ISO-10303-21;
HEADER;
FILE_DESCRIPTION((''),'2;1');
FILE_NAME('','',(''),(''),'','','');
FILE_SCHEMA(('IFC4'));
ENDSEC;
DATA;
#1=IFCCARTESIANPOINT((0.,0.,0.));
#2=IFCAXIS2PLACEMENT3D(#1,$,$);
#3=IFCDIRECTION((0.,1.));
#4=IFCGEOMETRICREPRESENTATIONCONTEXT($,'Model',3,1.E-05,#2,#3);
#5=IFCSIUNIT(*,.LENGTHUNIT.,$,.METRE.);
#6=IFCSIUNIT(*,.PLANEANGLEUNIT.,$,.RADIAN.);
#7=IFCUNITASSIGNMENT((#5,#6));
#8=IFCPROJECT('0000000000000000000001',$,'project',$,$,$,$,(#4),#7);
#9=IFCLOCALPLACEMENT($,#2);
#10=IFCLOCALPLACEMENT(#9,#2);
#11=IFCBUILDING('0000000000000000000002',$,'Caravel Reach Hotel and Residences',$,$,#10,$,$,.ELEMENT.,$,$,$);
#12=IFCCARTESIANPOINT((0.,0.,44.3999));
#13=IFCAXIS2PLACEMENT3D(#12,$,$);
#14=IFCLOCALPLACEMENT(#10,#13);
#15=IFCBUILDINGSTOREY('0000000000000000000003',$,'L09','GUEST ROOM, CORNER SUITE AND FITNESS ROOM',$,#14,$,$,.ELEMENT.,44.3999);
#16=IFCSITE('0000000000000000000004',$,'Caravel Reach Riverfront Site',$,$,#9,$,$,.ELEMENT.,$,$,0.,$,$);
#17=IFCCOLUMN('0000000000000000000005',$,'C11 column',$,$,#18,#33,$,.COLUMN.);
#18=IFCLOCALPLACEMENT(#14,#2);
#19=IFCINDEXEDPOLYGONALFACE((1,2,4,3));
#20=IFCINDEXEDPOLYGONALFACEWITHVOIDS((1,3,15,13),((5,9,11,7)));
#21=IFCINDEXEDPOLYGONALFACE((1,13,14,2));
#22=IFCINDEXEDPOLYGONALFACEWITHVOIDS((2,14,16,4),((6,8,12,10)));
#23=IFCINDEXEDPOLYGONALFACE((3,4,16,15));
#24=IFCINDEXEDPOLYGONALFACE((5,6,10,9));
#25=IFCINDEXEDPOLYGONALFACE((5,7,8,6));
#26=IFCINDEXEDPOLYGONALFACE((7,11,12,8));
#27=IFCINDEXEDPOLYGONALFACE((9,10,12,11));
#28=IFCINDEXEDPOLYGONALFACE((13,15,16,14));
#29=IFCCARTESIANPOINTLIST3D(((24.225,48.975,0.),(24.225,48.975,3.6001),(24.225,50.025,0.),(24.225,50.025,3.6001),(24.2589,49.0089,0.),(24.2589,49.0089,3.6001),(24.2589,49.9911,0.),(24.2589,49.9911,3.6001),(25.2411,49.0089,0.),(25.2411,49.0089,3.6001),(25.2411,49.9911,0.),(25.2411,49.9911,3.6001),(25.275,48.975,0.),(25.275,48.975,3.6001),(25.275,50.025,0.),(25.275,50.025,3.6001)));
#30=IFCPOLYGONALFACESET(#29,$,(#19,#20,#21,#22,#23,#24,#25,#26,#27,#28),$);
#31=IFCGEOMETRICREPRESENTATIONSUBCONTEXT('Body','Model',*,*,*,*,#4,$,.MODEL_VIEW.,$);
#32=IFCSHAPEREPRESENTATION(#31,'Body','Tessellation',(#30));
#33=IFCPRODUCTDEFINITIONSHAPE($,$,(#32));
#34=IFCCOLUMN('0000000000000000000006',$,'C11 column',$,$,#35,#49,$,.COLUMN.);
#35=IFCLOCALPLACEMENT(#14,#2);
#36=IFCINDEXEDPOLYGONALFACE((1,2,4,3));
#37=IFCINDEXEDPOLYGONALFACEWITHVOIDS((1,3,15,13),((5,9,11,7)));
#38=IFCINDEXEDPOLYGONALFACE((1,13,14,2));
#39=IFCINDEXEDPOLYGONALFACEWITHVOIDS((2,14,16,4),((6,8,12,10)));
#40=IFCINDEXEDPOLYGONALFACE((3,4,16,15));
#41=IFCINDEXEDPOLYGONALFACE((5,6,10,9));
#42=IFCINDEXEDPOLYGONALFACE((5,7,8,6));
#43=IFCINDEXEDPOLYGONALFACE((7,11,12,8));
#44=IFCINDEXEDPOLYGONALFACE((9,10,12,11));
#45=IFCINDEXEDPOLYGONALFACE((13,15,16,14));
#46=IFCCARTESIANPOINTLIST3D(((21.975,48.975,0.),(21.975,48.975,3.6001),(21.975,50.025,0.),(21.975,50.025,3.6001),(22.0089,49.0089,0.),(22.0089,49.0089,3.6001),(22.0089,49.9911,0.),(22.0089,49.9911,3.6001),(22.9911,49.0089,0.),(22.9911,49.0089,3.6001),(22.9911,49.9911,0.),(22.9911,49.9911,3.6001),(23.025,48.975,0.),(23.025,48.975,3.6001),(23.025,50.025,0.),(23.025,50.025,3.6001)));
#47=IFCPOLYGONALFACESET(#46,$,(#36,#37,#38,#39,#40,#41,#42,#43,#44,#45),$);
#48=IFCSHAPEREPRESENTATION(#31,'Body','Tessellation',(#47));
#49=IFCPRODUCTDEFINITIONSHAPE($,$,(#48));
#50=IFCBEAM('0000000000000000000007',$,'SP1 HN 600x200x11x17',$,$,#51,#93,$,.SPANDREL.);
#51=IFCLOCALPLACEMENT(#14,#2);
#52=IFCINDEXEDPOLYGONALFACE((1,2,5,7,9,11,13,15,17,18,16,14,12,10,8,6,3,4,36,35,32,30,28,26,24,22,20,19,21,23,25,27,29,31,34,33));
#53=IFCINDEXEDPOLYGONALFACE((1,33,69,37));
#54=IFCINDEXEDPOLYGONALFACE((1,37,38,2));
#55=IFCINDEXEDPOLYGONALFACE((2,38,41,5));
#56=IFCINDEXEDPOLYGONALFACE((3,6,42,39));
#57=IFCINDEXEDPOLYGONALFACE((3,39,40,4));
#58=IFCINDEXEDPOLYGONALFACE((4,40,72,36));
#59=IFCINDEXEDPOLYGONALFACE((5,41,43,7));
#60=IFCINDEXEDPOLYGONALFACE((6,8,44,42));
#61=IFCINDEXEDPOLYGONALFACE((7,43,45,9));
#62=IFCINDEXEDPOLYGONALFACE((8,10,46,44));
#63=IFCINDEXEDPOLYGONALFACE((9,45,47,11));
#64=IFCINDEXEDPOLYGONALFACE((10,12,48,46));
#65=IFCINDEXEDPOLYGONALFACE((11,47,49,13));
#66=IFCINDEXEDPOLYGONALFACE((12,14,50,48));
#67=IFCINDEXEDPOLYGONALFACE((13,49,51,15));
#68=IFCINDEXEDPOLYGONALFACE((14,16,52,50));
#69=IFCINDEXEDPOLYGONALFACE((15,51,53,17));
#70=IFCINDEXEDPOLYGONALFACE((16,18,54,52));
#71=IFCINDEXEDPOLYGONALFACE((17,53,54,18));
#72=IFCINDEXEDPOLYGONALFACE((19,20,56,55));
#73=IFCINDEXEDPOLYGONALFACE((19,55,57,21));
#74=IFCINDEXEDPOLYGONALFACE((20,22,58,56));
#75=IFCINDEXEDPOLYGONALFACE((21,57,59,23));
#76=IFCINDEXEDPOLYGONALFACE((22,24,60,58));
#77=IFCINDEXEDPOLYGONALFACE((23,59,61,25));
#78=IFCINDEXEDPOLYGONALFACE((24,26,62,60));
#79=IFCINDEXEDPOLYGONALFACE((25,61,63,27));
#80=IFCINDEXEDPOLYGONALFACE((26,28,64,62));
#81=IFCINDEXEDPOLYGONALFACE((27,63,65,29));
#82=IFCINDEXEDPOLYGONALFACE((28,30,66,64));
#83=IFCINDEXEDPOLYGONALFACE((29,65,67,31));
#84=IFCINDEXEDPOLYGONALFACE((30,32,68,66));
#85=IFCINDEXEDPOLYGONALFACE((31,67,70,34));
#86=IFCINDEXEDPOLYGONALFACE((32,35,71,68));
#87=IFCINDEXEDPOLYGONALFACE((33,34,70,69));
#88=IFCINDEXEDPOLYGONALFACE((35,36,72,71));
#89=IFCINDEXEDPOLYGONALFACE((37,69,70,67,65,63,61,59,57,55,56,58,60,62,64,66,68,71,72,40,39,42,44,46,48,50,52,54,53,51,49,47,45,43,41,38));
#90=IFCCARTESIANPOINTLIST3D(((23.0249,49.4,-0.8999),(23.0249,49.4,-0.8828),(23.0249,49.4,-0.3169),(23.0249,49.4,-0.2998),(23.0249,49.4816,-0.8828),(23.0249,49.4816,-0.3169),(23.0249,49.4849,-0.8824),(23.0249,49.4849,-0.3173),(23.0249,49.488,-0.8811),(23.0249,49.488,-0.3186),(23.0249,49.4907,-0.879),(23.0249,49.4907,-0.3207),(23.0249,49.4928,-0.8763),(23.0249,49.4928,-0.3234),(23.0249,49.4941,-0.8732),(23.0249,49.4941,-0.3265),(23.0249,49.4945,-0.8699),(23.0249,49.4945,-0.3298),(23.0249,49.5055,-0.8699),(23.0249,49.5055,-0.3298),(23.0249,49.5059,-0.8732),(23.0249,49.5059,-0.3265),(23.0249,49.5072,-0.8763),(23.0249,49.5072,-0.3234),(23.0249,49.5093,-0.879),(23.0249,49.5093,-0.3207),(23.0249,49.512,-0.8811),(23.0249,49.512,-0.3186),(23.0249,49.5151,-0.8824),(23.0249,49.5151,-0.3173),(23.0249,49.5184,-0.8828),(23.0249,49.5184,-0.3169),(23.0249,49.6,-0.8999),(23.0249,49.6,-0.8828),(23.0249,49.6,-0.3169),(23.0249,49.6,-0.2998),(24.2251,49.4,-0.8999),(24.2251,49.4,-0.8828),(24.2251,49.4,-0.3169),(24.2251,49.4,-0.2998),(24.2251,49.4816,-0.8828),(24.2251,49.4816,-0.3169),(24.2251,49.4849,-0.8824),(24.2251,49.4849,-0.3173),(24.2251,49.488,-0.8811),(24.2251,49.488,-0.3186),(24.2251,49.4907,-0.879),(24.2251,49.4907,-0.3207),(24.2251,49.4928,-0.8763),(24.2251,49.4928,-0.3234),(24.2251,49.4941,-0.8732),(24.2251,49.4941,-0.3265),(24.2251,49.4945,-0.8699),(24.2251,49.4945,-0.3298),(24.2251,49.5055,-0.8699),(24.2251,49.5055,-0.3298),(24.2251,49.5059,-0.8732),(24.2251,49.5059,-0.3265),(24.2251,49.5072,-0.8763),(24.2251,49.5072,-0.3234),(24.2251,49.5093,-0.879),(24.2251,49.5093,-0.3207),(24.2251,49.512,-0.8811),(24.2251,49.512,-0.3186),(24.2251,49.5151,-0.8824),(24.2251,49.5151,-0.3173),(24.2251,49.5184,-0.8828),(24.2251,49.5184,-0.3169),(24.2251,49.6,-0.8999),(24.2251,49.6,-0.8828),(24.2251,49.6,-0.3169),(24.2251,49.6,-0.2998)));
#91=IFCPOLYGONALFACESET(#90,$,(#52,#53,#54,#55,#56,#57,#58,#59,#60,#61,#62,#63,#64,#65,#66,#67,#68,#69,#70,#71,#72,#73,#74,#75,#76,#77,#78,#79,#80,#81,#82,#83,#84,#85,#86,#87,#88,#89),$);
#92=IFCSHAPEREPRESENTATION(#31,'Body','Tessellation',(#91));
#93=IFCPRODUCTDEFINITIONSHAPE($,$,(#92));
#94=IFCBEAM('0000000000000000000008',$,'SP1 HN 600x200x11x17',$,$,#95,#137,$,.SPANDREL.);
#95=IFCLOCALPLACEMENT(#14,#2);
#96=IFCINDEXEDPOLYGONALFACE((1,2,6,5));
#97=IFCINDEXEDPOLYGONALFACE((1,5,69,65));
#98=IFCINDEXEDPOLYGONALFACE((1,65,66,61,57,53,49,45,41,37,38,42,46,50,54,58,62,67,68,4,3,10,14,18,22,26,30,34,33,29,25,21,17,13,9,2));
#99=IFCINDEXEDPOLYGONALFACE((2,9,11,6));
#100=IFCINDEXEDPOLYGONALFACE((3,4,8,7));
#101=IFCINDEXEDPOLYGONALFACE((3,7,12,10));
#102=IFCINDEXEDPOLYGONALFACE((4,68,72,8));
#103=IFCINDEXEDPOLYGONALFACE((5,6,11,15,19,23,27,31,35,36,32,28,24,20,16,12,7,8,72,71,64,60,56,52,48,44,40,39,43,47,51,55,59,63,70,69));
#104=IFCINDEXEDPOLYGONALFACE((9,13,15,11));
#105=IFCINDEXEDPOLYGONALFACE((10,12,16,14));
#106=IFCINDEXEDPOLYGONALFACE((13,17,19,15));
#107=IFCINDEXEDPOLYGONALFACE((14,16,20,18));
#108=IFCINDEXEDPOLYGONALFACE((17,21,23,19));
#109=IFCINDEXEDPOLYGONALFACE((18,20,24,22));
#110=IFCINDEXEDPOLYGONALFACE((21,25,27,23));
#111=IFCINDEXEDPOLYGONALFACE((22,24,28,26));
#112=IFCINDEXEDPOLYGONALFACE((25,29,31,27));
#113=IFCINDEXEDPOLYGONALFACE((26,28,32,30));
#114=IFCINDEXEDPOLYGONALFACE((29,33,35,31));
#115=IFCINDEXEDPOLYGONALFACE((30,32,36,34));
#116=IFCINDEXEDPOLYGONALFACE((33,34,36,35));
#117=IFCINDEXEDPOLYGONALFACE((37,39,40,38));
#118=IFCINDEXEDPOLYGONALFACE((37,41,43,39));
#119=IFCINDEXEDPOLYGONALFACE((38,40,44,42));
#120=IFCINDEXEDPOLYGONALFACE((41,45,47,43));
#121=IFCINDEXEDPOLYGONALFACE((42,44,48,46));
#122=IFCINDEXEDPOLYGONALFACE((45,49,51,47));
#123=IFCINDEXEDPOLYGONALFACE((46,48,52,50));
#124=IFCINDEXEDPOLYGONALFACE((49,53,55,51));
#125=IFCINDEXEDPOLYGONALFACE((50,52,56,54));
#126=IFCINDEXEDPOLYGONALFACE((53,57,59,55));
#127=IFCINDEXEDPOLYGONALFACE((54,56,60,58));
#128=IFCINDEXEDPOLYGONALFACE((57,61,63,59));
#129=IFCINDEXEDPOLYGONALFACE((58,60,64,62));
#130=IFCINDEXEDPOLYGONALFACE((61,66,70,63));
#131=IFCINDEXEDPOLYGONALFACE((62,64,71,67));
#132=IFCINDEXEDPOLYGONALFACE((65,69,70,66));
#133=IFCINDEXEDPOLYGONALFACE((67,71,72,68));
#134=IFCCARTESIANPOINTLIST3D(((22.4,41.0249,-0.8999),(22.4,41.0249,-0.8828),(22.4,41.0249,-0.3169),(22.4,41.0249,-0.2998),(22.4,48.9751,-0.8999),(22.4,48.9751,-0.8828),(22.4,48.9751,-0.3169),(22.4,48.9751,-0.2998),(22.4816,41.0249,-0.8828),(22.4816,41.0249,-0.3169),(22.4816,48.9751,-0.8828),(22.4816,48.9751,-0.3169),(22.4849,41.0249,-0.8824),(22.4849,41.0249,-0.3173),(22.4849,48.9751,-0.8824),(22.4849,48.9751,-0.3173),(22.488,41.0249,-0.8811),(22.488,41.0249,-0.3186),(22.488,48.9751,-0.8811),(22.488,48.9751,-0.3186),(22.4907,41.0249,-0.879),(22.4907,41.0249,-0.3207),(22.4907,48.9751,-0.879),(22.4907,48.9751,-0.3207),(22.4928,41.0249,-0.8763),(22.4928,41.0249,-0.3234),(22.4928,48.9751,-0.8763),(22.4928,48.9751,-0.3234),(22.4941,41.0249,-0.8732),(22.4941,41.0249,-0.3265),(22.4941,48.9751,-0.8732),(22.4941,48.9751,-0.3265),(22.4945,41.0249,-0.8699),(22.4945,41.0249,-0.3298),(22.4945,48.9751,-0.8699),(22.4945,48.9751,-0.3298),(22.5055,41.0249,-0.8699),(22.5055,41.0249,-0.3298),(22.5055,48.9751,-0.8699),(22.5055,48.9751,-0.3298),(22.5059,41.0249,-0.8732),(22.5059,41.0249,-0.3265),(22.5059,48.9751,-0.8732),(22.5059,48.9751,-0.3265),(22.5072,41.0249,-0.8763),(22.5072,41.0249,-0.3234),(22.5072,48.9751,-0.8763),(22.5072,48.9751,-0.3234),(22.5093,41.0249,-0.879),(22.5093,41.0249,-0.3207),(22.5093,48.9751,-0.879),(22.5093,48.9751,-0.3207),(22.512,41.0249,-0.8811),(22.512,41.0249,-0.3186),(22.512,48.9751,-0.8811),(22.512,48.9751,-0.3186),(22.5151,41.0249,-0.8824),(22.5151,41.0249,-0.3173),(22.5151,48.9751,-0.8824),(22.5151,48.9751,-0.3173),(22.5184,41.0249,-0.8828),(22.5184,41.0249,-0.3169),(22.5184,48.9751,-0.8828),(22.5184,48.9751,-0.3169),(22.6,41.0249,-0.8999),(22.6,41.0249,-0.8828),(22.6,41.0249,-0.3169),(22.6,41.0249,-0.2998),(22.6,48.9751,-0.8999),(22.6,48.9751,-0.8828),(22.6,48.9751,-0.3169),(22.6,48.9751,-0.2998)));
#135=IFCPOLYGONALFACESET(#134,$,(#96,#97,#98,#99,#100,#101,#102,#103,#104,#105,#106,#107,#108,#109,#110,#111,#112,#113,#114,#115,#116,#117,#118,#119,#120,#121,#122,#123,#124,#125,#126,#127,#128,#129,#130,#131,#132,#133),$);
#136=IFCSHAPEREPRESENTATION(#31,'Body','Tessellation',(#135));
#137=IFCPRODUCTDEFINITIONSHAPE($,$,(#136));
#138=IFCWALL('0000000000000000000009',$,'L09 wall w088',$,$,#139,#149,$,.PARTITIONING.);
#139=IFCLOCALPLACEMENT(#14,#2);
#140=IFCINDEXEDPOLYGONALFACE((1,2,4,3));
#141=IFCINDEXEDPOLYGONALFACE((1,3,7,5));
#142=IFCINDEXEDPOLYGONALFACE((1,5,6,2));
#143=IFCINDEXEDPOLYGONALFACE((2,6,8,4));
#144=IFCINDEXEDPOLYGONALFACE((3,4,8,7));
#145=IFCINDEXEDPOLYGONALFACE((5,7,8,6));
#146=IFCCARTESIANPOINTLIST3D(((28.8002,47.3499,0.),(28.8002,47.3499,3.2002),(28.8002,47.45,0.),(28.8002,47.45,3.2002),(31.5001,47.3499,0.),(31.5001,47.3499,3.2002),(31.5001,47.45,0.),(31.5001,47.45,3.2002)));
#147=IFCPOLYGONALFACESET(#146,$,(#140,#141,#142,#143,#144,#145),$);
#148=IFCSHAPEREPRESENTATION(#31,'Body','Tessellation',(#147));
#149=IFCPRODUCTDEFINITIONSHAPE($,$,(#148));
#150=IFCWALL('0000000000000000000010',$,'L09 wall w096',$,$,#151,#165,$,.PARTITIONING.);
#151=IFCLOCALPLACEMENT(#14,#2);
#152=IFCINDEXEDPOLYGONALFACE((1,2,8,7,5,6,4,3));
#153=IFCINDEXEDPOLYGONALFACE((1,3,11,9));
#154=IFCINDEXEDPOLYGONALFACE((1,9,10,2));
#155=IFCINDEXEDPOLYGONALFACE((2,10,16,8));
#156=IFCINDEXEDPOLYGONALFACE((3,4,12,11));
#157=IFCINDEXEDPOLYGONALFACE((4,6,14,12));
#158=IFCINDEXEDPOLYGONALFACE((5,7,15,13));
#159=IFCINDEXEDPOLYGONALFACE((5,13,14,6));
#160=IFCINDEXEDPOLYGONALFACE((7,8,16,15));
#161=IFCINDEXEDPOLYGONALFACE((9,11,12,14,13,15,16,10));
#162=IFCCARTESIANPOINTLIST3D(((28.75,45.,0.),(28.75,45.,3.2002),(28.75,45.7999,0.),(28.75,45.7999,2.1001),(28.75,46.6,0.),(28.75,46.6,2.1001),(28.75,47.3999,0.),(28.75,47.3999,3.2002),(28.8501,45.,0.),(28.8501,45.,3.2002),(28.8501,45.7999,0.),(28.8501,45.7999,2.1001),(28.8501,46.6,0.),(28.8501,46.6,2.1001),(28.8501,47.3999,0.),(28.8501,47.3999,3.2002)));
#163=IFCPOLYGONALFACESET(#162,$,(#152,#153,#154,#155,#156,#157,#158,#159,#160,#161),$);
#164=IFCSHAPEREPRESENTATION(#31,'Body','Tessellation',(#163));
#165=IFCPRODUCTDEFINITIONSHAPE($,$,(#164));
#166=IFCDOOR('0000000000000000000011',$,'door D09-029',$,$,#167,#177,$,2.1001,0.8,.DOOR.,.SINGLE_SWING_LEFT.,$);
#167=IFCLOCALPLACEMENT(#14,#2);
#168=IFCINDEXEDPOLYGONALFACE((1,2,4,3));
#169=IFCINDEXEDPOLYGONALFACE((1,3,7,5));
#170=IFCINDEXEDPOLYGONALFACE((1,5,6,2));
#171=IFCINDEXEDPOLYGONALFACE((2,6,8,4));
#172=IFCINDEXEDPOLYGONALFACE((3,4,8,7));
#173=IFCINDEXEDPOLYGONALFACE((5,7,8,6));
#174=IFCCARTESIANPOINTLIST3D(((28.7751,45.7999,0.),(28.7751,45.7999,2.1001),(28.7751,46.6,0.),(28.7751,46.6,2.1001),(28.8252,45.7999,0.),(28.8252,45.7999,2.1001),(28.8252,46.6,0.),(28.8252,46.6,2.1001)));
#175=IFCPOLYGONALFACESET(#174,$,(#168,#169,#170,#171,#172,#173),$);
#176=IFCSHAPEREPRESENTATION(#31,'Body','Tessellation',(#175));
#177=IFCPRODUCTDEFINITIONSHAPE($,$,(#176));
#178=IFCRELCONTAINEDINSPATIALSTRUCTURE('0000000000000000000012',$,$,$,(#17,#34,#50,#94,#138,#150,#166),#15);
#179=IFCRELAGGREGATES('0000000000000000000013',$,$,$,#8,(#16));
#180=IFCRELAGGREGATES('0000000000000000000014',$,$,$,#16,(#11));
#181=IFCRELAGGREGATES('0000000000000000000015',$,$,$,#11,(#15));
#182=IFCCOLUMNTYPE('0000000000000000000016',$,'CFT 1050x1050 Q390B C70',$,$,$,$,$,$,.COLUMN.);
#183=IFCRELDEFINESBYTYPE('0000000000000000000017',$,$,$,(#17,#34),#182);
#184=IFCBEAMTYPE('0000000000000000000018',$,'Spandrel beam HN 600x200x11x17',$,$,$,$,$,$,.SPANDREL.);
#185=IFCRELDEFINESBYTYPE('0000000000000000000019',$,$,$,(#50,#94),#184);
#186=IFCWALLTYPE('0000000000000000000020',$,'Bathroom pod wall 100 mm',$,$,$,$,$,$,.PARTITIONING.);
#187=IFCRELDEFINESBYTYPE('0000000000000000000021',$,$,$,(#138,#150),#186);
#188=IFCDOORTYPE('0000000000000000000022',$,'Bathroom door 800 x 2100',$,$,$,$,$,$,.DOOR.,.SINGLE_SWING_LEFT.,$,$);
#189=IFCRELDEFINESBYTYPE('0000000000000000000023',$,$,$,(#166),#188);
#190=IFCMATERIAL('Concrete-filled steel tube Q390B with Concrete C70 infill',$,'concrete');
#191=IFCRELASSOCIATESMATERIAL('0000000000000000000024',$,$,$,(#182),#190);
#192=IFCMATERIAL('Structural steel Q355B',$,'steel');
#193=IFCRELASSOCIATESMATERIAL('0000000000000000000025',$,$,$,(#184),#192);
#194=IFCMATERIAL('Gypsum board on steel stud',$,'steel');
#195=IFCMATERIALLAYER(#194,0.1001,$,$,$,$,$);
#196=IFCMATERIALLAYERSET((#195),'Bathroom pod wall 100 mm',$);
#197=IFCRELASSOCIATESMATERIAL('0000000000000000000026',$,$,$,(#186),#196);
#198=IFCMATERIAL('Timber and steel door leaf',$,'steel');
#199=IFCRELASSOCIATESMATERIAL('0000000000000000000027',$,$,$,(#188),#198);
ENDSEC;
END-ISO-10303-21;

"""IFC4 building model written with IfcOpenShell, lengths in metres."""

from ifc_helpers import new_model, si_unit, direction, frame, frame_2d, origin, origin_2d, place, context, subcontext, project, spatial, rectangle, hollow_rectangle, i_section, extrude, material, layer, layer_set, material_profile, profile_set, type_object, element, fill, save


model = new_model("IFC4")

# Units and contexts
model_context = context("Model", 3, precision=1e-05, world=origin(), true_north=direction((0.0, 1.0)))
body_context = subcontext(model_context, "Body", "Model", "MODEL_VIEW")
ifc_project = project(units=[si_unit("LENGTHUNIT", "METRE"), si_unit("PLANEANGLEUNIT", "RADIAN")], contexts=[model_context])

# Site, building, storey
site_placement = place(None, origin())
site = spatial("IfcSite", under=ifc_project, at=site_placement, Name="Caravel Reach Riverfront Site", CompositionType="ELEMENT", RefElevation=0.0)
building_placement = place(site_placement, origin())
building = spatial("IfcBuilding", under=site, at=building_placement, Name="Caravel Reach Hotel and Residences", CompositionType="ELEMENT")
storey_placement = place(building_placement, frame((0.0, 0.0, 44.3999)))
storey = spatial("IfcBuildingStorey", under=building, at=storey_placement, Name="L09", Description="GUEST ROOM, CORNER SUITE AND FITNESS ROOM", CompositionType="ELEMENT", Elevation=44.3999)

# Columns
ifc_material_1 = material(Name="Concrete-filled steel tube Q390B with Concrete C70 infill", Category="concrete")
ifc_material_profile_1 = material_profile(ifc_material_1, hollow_rectangle(XDim=1.05, YDim=1.05, WallThickness=0.0339, at=origin_2d()), Name="RHS 1050x1050x34")
ifc_profile_set_1 = profile_set([ifc_material_profile_1], Name="Concrete-filled steel tube Q390B with Concrete C70 infill")
column_type = type_object("IfcColumnType", Name="CFT 1050x1050 Q390B C70", PredefinedType="COLUMN", material=ifc_profile_set_1)
for number, where, z_axis, x_axis, name in (
    (1, (24.75, 49.5, 0.0), (0.0, 0.0, 1.0), (1.0, 0.0, 0.0), "C11 column"),
    (2, (22.5, 49.5, 0.0), (0.0, 0.0, 1.0), (1.0, 0.0, 0.0), "C11 column"),
):
    element("IfcColumn", number, at=place(storey_placement, frame(where, z_axis=z_axis, x_axis=x_axis)), inside=storey, type_object=column_type, Name=name, PredefinedType="COLUMN", context=body_context, shape_type="SweptSolid", body=[
        extrude(hollow_rectangle(XDim=1.05, YDim=1.05, WallThickness=0.0339, at=origin_2d()), origin(), (0.0, 0.0, 1.0), 3.6001),
    ])

# Beams
ifc_material_2 = material(Name="Structural steel Q355B", Category="steel")
ifc_material_profile_2 = material_profile(ifc_material_2, i_section(OverallWidth=0.2, OverallDepth=0.6001, WebThickness=0.011, FlangeThickness=0.0171, FilletRadius=0.0129, at=origin_2d()), Name="HN 600x200x11x17")
ifc_profile_set_2 = profile_set([ifc_material_profile_2], Name="Structural steel Q355B")
beam_type = type_object("IfcBeamType", Name="Spandrel beam HN 600x200x11x17", PredefinedType="SPANDREL", material=ifc_profile_set_2)
beam_1_placement = place(storey_placement, frame((24.2251, 49.5, -0.5999), z_axis=(-1.0, 0.0, 0.0), x_axis=(0.0, -1.0, 0.0)))
element("IfcBeam", 3, at=beam_1_placement, inside=storey, type_object=beam_type, Name="SP1 HN 600x200x11x17", PredefinedType="SPANDREL", context=body_context, shape_type="SweptSolid", body=[
    extrude(i_section(OverallWidth=0.2, OverallDepth=0.6001, WebThickness=0.011, FlangeThickness=0.0171, FilletRadius=0.0129, at=origin_2d()), origin(), (0.0, 0.0, 1.0), 1.2002),
])
beam_2_placement = place(storey_placement, frame((22.5, 48.9751, -0.5999), z_axis=(0.0, -1.0, 0.0), x_axis=(1.0, 0.0, 0.0)))
element("IfcBeam", 4, at=beam_2_placement, inside=storey, type_object=beam_type, Name="SP1 HN 600x200x11x17", PredefinedType="SPANDREL", context=body_context, shape_type="SweptSolid", body=[
    extrude(i_section(OverallWidth=0.2, OverallDepth=0.6001, WebThickness=0.011, FlangeThickness=0.0171, FilletRadius=0.0129, at=origin_2d()), origin(), (0.0, 0.0, 1.0), 7.9502),
])

# Wall
ifc_material_3 = material(Name="Gypsum board on steel stud", Category="steel")
ifc_layer_1 = layer(ifc_material_3, 0.1001)
ifc_layer_set_1 = layer_set([ifc_layer_1], Name="Bathroom pod wall 100 mm")
wall_type_1 = type_object("IfcWallType", Name="Bathroom pod wall 100 mm", PredefinedType="PARTITIONING", material=ifc_layer_set_1)
wall_1_placement = place(storey_placement, frame((28.8, 47.3999, 0.0), z_axis=(0.0, 0.0, 1.0), x_axis=(1.0, 0.0, 0.0)))
element("IfcWall", 5, at=wall_1_placement, inside=storey, type_object=wall_type_1, Name="L09 wall w088", PredefinedType="PARTITIONING", context=body_context, shape_type="SweptSolid", body=[
    extrude(rectangle(XDim=2.7, YDim=0.1001, at=frame_2d((1.3501, 0.0))), origin(), (0.0, 0.0, 1.0), 3.2002),
])

# Wall, opening, door
wall_2_placement = place(storey_placement, frame((28.8, 45.0, 0.0), z_axis=(0.0, 0.0, 1.0), x_axis=(0.0, 1.0, 0.0)))
wall_2 = element("IfcWall", 6, at=wall_2_placement, inside=storey, type_object=wall_type_1, Name="L09 wall w096", PredefinedType="PARTITIONING", context=body_context, shape_type="SweptSolid", body=[
    extrude(rectangle(XDim=2.3999, YDim=0.1001, at=frame_2d((1.2, 0.0))), origin(), (0.0, 0.0, 1.0), 3.2002),
])
opening_1_placement = place(wall_2_placement, frame((0.8, 0.0, 0.0)))
opening_1 = element("IfcOpeningElement", 7, at=opening_1_placement, cuts=wall_2, PredefinedType="OPENING", context=body_context, shape_type="SweptSolid", body=[
    extrude(rectangle(XDim=0.8, YDim=2.1001, at=frame_2d((0.3999, 1.05))), frame((0.0, 0.0601, 0.0), z_axis=(0.0, -1.0, 0.0), x_axis=(1.0, 0.0, 0.0)), (0.0, 0.0, 1.0), 0.1201),
])
ifc_material_4 = material(Name="Timber and steel door leaf", Category="steel")
door_type_1 = type_object("IfcDoorType", Name="Bathroom door 800 x 2100", OperationType="SINGLE_SWING_LEFT", PredefinedType="DOOR", material=ifc_material_4)
door_1_placement = place(opening_1_placement, origin())
door_1 = element("IfcDoor", 8, at=door_1_placement, inside=storey, type_object=door_type_1, Name="door D09-029", OperationType="SINGLE_SWING_LEFT", OverallHeight=2.1001, OverallWidth=0.8, PredefinedType="DOOR", context=body_context, shape_type="SweptSolid", body=[
    extrude(rectangle(XDim=0.8, YDim=2.1001, at=frame_2d((0.3999, 1.05))), frame((0.0, 0.0249, 0.0), z_axis=(0.0, -1.0, 0.0), x_axis=(1.0, 0.0, 0.0)), (0.0, 0.0, 1.0), 0.05),
])
fill(opening_1, door_1)

save(model, "model.ifc")
